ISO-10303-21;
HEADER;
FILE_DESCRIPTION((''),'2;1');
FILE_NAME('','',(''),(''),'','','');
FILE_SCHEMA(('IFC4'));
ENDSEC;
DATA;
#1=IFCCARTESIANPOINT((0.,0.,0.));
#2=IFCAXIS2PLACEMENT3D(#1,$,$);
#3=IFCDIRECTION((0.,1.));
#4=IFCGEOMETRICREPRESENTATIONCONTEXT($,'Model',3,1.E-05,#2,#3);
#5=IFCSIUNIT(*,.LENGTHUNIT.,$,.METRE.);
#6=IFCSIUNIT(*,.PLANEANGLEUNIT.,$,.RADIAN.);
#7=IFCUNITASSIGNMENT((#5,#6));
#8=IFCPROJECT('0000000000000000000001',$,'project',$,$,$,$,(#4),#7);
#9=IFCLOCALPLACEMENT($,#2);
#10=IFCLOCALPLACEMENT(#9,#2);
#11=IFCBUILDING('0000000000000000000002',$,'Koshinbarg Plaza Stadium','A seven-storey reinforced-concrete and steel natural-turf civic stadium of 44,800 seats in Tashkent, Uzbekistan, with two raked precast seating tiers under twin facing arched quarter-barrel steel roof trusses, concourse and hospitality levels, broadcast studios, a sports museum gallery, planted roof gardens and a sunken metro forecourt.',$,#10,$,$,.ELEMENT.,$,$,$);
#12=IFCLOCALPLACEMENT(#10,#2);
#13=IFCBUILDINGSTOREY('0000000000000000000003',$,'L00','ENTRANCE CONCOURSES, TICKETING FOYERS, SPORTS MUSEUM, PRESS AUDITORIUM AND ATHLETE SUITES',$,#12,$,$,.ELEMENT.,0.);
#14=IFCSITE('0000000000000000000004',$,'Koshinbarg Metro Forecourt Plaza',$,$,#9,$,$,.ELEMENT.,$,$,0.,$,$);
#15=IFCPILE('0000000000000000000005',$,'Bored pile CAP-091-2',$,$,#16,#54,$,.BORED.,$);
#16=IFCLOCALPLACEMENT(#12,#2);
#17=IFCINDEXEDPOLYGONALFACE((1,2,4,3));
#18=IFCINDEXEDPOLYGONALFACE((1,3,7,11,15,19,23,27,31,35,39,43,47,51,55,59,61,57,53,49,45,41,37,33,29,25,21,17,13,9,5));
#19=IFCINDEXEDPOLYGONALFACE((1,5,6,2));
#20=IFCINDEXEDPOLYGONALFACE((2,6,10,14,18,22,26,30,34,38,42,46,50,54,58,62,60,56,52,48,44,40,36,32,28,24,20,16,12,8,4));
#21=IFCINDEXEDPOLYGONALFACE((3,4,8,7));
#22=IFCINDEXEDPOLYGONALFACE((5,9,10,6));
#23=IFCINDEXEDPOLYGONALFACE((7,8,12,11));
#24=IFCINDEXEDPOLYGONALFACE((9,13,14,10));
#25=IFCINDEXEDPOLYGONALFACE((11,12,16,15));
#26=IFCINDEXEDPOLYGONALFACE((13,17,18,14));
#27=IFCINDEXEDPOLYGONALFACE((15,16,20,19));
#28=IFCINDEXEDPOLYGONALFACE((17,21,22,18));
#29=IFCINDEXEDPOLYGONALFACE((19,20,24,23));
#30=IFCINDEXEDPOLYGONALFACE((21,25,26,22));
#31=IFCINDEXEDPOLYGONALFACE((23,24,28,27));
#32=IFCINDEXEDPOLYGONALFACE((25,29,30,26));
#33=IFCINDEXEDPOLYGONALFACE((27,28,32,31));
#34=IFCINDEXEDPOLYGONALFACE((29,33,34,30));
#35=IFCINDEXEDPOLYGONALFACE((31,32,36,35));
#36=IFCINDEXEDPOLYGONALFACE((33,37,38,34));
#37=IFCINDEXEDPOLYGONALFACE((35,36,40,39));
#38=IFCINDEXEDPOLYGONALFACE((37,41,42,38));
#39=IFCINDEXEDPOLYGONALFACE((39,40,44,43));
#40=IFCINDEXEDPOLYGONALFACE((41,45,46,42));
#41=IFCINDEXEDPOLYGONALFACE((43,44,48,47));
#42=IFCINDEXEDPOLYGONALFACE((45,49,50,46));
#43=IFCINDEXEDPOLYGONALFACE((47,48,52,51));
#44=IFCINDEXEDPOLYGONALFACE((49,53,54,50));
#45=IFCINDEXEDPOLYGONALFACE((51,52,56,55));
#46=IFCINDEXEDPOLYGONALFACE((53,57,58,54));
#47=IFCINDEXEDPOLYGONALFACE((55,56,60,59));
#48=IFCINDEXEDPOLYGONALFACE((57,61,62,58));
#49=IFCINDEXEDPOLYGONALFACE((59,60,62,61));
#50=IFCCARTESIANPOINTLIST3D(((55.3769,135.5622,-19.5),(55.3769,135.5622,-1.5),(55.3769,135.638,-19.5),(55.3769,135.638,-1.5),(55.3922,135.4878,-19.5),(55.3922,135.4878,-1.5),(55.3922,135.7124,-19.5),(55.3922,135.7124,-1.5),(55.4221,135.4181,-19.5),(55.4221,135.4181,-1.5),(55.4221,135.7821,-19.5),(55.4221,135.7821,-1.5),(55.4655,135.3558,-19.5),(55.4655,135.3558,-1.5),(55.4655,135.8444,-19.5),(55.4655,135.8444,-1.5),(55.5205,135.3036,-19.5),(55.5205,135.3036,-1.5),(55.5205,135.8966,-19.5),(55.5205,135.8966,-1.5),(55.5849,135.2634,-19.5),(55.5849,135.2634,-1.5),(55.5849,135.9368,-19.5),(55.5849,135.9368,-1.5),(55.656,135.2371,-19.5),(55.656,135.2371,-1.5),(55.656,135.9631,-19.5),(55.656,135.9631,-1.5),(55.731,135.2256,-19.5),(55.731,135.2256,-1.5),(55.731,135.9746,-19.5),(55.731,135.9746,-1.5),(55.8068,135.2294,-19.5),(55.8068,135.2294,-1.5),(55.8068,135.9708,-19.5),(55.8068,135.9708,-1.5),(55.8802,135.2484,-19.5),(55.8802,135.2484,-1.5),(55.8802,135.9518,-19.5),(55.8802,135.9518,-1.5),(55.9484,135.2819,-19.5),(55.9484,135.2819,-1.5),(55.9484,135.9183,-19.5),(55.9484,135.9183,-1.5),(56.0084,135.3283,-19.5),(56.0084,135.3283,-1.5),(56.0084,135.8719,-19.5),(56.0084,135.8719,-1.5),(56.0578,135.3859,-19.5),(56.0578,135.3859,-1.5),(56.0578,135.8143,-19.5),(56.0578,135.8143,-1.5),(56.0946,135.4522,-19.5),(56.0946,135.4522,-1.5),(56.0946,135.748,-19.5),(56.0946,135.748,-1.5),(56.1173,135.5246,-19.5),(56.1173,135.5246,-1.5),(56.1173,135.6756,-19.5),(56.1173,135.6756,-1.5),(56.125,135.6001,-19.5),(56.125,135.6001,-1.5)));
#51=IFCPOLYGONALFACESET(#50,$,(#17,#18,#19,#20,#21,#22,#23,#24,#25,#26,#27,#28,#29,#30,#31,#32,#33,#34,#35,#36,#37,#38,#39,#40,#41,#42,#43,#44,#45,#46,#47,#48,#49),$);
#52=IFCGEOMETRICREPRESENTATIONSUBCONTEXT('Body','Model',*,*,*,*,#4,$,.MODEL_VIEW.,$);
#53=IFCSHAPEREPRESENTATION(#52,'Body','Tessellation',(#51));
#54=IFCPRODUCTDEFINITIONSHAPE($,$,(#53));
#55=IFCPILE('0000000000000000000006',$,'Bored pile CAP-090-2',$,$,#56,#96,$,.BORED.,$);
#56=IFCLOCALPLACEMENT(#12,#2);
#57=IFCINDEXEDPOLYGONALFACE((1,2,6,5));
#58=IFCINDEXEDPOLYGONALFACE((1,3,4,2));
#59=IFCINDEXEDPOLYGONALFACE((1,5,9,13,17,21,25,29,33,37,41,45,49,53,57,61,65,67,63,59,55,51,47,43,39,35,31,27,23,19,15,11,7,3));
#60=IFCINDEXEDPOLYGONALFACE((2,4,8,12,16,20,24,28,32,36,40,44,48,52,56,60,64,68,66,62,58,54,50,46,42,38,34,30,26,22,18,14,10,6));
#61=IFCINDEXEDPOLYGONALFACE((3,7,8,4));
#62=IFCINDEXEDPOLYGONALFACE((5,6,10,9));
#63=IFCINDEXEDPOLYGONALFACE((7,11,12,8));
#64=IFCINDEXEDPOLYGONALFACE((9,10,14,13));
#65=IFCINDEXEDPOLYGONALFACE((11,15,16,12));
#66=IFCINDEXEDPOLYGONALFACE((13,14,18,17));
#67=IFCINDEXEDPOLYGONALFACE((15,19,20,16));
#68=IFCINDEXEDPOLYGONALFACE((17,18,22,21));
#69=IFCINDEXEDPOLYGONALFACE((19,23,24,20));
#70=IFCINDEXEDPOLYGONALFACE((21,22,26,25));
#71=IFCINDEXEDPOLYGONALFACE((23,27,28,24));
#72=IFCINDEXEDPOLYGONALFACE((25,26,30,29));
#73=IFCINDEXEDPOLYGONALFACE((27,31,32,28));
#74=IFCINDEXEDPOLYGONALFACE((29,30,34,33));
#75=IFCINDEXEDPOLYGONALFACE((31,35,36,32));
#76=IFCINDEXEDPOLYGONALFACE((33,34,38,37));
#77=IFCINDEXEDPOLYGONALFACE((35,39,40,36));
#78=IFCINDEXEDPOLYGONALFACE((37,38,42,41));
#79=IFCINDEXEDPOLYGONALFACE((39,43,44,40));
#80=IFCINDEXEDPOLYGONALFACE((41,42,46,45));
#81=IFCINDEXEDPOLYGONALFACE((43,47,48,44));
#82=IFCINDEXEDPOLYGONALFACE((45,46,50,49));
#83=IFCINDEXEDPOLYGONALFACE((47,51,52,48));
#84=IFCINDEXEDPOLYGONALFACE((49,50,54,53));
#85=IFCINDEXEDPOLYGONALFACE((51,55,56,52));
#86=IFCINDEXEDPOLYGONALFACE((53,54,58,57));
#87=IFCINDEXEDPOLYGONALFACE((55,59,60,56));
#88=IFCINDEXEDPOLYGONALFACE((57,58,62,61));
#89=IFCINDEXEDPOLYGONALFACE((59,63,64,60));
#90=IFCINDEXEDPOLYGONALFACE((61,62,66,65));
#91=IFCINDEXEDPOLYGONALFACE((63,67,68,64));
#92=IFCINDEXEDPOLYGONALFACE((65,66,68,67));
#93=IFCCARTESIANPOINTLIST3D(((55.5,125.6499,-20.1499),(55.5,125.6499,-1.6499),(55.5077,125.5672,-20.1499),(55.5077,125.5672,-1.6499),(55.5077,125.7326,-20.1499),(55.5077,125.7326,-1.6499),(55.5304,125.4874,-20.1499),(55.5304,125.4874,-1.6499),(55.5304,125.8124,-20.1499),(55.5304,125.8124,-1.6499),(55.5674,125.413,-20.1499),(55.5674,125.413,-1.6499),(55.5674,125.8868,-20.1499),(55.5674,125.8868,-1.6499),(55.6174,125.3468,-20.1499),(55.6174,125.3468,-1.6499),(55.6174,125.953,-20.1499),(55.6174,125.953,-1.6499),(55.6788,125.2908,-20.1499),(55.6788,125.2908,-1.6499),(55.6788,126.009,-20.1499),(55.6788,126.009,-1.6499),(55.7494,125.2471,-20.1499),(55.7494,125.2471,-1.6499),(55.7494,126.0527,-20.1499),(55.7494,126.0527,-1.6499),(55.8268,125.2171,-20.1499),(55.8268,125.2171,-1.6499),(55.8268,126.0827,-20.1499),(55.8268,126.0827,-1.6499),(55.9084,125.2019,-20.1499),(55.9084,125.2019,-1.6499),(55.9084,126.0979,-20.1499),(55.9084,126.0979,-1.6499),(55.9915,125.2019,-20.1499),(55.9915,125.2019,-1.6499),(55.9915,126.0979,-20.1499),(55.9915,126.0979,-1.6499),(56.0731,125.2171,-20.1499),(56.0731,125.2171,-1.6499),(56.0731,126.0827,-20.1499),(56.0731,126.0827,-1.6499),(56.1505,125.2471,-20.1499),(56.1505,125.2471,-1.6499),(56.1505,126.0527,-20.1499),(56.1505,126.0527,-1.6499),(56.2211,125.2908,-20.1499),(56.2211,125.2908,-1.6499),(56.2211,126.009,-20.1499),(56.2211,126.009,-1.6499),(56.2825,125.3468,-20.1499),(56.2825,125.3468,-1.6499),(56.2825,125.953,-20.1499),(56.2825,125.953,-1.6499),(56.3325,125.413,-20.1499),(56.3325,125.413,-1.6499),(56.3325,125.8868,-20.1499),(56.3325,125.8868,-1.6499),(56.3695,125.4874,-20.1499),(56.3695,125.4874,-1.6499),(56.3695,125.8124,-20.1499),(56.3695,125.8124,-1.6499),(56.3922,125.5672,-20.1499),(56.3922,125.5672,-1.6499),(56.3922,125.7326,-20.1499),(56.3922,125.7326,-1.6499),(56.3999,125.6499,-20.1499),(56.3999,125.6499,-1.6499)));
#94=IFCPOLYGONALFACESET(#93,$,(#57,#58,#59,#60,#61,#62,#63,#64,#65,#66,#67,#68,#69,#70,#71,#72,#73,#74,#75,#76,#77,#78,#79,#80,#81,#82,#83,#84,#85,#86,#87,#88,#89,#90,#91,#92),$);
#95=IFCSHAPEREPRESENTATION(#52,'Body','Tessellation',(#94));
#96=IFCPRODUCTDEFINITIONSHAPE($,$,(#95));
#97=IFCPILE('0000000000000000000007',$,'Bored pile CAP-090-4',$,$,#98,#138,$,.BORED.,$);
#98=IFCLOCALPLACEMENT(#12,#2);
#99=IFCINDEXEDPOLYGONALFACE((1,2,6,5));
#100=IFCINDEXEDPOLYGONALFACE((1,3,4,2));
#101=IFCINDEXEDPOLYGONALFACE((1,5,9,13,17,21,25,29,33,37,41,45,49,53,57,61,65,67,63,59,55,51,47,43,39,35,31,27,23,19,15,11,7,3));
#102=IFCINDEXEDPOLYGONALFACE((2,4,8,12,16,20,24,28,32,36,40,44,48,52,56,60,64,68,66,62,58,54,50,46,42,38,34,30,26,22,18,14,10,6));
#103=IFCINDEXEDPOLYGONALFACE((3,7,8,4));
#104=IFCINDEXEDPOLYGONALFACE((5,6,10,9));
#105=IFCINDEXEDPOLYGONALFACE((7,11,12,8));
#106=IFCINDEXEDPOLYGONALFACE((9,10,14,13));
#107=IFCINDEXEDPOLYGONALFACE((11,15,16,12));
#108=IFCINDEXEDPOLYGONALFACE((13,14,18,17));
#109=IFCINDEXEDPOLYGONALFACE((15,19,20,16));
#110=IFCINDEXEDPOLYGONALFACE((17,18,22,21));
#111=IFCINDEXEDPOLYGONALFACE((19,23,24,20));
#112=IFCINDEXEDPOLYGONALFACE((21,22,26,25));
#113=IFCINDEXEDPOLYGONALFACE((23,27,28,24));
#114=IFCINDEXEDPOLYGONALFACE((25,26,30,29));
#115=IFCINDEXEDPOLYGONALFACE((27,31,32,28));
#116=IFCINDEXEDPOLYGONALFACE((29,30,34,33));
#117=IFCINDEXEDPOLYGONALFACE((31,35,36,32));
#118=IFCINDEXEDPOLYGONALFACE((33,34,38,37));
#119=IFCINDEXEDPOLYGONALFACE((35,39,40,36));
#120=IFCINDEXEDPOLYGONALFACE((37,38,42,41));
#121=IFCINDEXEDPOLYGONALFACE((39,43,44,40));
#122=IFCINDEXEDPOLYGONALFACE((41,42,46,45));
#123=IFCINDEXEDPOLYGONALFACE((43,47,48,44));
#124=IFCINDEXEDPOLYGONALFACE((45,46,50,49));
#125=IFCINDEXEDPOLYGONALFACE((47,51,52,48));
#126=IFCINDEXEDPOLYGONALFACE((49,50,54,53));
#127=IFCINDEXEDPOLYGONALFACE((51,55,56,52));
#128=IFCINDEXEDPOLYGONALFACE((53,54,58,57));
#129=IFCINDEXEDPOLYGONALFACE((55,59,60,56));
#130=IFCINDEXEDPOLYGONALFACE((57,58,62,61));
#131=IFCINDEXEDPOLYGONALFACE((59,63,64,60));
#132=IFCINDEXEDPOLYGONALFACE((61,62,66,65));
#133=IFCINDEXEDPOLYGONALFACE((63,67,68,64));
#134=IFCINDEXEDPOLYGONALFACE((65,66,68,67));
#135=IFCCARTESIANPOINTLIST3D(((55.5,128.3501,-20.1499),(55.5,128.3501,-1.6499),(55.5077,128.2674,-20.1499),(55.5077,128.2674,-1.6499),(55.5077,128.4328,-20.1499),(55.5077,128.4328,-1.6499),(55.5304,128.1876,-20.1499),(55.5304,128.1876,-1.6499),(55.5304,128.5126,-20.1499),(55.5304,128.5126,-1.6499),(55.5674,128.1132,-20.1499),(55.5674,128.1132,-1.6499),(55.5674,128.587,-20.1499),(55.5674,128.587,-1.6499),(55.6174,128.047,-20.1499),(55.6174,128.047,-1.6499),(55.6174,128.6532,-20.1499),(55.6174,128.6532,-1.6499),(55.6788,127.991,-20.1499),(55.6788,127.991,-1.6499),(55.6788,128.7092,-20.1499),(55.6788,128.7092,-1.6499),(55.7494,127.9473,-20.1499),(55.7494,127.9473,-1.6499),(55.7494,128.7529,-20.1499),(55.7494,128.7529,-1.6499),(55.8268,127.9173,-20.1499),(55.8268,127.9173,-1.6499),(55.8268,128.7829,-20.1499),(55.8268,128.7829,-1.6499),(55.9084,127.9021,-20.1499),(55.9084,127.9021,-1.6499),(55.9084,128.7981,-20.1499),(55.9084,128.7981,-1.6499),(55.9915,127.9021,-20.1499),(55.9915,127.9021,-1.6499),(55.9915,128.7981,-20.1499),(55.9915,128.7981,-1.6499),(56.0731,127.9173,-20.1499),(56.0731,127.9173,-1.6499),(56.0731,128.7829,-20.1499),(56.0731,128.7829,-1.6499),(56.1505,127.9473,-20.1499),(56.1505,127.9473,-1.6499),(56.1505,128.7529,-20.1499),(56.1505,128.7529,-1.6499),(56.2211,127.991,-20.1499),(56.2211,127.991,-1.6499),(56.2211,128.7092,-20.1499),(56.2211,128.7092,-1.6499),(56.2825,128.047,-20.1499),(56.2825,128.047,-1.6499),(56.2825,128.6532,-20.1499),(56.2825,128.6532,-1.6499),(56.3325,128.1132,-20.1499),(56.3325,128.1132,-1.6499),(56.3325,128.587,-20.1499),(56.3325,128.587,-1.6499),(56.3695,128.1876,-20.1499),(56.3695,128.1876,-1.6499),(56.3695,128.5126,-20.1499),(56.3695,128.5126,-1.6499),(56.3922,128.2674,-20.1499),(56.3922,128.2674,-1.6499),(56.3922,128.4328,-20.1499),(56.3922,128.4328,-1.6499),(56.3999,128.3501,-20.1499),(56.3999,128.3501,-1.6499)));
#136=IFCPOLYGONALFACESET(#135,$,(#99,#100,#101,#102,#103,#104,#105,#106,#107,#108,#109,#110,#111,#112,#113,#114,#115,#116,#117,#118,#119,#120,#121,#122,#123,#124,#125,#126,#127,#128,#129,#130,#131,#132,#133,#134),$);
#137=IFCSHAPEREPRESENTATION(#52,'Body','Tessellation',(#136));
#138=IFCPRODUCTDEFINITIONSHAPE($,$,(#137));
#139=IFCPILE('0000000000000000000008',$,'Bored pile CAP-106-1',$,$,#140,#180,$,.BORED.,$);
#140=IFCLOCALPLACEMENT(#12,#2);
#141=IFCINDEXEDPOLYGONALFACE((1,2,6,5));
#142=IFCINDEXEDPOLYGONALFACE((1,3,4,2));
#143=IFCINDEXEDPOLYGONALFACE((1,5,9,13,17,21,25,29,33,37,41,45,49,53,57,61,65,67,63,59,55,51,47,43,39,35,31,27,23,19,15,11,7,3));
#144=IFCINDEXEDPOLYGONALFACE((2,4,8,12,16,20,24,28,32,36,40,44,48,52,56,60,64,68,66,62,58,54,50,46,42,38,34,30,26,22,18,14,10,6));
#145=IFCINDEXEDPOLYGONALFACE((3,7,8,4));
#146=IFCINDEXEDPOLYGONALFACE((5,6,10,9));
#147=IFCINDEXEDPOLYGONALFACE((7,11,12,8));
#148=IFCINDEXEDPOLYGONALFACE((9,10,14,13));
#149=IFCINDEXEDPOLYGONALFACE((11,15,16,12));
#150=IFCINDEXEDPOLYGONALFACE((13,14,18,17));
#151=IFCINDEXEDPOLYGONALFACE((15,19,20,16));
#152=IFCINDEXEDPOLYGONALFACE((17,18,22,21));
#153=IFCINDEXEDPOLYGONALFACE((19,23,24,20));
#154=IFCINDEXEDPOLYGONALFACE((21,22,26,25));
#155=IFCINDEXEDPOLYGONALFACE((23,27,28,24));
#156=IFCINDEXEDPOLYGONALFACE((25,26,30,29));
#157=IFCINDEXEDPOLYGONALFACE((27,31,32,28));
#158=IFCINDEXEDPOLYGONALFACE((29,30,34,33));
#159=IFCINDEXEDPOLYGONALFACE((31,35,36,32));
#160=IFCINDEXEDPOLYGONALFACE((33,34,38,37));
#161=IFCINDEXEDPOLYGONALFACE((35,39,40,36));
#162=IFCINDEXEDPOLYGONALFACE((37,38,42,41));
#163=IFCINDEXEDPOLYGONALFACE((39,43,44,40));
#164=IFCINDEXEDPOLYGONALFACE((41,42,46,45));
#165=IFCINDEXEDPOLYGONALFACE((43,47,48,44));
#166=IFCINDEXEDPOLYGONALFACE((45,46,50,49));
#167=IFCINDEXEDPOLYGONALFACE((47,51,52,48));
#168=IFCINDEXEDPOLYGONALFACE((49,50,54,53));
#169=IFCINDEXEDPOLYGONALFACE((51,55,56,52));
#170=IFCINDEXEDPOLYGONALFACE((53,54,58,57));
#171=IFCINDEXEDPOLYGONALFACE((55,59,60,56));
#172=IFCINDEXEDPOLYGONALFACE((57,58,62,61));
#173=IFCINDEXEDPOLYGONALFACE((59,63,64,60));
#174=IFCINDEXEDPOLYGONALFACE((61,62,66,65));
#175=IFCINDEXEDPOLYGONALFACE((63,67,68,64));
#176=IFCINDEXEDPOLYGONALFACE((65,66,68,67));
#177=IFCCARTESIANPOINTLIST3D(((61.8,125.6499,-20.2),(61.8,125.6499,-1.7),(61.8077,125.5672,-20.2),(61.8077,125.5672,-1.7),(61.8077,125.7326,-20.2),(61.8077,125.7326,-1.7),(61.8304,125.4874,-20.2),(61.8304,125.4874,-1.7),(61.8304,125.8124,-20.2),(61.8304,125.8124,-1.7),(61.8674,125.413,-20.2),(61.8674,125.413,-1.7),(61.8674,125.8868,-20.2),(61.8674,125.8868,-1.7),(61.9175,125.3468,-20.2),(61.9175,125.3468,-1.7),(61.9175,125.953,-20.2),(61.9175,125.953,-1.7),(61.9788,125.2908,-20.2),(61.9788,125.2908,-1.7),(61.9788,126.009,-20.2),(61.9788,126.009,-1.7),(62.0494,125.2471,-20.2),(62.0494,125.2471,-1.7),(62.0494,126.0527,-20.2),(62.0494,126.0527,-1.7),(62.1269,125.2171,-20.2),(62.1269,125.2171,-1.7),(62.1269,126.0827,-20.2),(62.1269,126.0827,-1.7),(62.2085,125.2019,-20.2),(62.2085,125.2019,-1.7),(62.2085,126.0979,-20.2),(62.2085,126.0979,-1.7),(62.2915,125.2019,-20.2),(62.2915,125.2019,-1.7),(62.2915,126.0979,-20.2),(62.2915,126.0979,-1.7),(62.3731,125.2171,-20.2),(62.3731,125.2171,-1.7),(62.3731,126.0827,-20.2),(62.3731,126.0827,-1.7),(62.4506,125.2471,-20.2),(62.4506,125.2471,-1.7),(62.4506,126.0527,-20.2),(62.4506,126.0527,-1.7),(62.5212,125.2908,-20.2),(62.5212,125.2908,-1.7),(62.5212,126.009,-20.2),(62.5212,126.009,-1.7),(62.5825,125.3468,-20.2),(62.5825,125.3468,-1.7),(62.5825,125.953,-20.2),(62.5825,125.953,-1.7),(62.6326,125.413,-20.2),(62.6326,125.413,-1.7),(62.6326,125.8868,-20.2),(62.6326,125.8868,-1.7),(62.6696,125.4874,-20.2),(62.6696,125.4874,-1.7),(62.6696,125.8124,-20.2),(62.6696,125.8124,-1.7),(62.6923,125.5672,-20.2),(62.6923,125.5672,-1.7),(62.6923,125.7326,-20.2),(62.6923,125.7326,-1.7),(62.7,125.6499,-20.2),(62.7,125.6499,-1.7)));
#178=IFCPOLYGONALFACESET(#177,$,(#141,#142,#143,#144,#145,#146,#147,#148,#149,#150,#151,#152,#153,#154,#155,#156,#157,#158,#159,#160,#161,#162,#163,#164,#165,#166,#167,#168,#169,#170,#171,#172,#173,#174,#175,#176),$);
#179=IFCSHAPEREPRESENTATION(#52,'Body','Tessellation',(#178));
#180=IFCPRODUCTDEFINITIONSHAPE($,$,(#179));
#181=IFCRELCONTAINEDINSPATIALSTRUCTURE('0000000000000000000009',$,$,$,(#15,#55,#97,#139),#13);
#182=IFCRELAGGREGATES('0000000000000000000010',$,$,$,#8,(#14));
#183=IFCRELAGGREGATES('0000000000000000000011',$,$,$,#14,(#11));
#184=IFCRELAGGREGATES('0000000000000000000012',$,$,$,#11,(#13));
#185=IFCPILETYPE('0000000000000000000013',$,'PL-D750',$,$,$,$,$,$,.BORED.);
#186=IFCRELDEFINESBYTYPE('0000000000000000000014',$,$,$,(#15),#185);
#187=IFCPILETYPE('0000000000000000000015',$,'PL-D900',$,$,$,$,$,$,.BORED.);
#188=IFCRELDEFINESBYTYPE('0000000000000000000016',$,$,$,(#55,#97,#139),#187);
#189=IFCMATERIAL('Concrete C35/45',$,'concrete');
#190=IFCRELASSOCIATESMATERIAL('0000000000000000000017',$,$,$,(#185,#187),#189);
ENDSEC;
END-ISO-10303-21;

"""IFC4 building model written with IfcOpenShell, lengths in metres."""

from ifc_helpers import new_model, si_unit, direction, frame, origin, origin_2d, place, context, subcontext, project, spatial, circle, extrude, material, material_profile, profile_set, type_object, element, save


model = new_model("IFC4")

# Units and contexts
model_context = context("Model", 3, precision=1e-05, world=origin(), true_north=direction((0.0, 1.0)))
body_context = subcontext(model_context, "Body", "Model", "MODEL_VIEW")
ifc_project = project(units=[si_unit("LENGTHUNIT", "METRE"), si_unit("PLANEANGLEUNIT", "RADIAN")], contexts=[model_context])

# Site, building, storey
site_placement = place(None, origin())
site = spatial("IfcSite", under=ifc_project, at=site_placement, Name="Koshinbarg Metro Forecourt Plaza", CompositionType="ELEMENT", RefElevation=0.0)
building_placement = place(site_placement, origin())
building = spatial("IfcBuilding", under=site, at=building_placement, Name="Koshinbarg Plaza Stadium", Description="A seven-storey reinforced-concrete and steel natural-turf civic stadium of 44,800 seats in Tashkent, Uzbekistan, with two raked precast seating tiers under twin facing arched quarter-barrel steel roof trusses, concourse and hospitality levels, broadcast studios, a sports museum gallery, planted roof gardens and a sunken metro forecourt.", CompositionType="ELEMENT")
storey_placement = place(building_placement, origin())
storey = spatial("IfcBuildingStorey", under=building, at=storey_placement, Name="L00", Description="ENTRANCE CONCOURSES, TICKETING FOYERS, SPORTS MUSEUM, PRESS AUDITORIUM AND ATHLETE SUITES", CompositionType="ELEMENT", Elevation=0.0)

# Shared definitions
ifc_material_1 = material(Name="Concrete C35/45", Category="concrete")

# Piles
ifc_material_profile_1 = material_profile(ifc_material_1, circle(Radius=0.375, at=origin_2d()), Name="PILE D750")
ifc_profile_set_1 = profile_set([ifc_material_profile_1], Name="Concrete C35/45")
pile_type_1 = type_object("IfcPileType", Name="PL-D750", PredefinedType="BORED", material=ifc_profile_set_1)
pile_1_placement = place(storey_placement, frame((55.75, 135.6001, -1.5), z_axis=(0.0, 0.0, -1.0), x_axis=(1.0, 0.0, 0.0)))
element("IfcPile", 1, at=pile_1_placement, inside=storey, type_object=pile_type_1, Name="Bored pile CAP-091-2", PredefinedType="BORED", context=body_context, shape_type="SweptSolid", body=[
    extrude(circle(Radius=0.375, at=origin_2d()), origin(), (0.0, 0.0, 1.0), 18.0),
])
ifc_material_profile_2 = material_profile(ifc_material_1, circle(Radius=0.45, at=origin_2d()), Name="PILE D900")
ifc_profile_set_2 = profile_set([ifc_material_profile_2], Name="Concrete C35/45")
pile_type_2 = type_object("IfcPileType", Name="PL-D900", PredefinedType="BORED", material=ifc_profile_set_2)
for number, where, z_axis, x_axis, name in (
    (2, (55.95, 125.6499, -1.6499), (0.0, 0.0, -1.0), (1.0, 0.0, 0.0), "Bored pile CAP-090-2"),
    (3, (55.95, 128.3501, -1.6499), (0.0, 0.0, -1.0), (1.0, 0.0, 0.0), "Bored pile CAP-090-4"),
    (4, (62.25, 125.6499, -1.7), (0.0, 0.0, -1.0), (1.0, 0.0, 0.0), "Bored pile CAP-106-1"),
):
    element("IfcPile", number, at=place(storey_placement, frame(where, z_axis=z_axis, x_axis=x_axis)), inside=storey, type_object=pile_type_2, Name=name, PredefinedType="BORED", context=body_context, shape_type="SweptSolid", body=[
        extrude(circle(Radius=0.45, at=origin_2d()), origin(), (0.0, 0.0, 1.0), 18.5),
    ])

save(model, "model.ifc")
